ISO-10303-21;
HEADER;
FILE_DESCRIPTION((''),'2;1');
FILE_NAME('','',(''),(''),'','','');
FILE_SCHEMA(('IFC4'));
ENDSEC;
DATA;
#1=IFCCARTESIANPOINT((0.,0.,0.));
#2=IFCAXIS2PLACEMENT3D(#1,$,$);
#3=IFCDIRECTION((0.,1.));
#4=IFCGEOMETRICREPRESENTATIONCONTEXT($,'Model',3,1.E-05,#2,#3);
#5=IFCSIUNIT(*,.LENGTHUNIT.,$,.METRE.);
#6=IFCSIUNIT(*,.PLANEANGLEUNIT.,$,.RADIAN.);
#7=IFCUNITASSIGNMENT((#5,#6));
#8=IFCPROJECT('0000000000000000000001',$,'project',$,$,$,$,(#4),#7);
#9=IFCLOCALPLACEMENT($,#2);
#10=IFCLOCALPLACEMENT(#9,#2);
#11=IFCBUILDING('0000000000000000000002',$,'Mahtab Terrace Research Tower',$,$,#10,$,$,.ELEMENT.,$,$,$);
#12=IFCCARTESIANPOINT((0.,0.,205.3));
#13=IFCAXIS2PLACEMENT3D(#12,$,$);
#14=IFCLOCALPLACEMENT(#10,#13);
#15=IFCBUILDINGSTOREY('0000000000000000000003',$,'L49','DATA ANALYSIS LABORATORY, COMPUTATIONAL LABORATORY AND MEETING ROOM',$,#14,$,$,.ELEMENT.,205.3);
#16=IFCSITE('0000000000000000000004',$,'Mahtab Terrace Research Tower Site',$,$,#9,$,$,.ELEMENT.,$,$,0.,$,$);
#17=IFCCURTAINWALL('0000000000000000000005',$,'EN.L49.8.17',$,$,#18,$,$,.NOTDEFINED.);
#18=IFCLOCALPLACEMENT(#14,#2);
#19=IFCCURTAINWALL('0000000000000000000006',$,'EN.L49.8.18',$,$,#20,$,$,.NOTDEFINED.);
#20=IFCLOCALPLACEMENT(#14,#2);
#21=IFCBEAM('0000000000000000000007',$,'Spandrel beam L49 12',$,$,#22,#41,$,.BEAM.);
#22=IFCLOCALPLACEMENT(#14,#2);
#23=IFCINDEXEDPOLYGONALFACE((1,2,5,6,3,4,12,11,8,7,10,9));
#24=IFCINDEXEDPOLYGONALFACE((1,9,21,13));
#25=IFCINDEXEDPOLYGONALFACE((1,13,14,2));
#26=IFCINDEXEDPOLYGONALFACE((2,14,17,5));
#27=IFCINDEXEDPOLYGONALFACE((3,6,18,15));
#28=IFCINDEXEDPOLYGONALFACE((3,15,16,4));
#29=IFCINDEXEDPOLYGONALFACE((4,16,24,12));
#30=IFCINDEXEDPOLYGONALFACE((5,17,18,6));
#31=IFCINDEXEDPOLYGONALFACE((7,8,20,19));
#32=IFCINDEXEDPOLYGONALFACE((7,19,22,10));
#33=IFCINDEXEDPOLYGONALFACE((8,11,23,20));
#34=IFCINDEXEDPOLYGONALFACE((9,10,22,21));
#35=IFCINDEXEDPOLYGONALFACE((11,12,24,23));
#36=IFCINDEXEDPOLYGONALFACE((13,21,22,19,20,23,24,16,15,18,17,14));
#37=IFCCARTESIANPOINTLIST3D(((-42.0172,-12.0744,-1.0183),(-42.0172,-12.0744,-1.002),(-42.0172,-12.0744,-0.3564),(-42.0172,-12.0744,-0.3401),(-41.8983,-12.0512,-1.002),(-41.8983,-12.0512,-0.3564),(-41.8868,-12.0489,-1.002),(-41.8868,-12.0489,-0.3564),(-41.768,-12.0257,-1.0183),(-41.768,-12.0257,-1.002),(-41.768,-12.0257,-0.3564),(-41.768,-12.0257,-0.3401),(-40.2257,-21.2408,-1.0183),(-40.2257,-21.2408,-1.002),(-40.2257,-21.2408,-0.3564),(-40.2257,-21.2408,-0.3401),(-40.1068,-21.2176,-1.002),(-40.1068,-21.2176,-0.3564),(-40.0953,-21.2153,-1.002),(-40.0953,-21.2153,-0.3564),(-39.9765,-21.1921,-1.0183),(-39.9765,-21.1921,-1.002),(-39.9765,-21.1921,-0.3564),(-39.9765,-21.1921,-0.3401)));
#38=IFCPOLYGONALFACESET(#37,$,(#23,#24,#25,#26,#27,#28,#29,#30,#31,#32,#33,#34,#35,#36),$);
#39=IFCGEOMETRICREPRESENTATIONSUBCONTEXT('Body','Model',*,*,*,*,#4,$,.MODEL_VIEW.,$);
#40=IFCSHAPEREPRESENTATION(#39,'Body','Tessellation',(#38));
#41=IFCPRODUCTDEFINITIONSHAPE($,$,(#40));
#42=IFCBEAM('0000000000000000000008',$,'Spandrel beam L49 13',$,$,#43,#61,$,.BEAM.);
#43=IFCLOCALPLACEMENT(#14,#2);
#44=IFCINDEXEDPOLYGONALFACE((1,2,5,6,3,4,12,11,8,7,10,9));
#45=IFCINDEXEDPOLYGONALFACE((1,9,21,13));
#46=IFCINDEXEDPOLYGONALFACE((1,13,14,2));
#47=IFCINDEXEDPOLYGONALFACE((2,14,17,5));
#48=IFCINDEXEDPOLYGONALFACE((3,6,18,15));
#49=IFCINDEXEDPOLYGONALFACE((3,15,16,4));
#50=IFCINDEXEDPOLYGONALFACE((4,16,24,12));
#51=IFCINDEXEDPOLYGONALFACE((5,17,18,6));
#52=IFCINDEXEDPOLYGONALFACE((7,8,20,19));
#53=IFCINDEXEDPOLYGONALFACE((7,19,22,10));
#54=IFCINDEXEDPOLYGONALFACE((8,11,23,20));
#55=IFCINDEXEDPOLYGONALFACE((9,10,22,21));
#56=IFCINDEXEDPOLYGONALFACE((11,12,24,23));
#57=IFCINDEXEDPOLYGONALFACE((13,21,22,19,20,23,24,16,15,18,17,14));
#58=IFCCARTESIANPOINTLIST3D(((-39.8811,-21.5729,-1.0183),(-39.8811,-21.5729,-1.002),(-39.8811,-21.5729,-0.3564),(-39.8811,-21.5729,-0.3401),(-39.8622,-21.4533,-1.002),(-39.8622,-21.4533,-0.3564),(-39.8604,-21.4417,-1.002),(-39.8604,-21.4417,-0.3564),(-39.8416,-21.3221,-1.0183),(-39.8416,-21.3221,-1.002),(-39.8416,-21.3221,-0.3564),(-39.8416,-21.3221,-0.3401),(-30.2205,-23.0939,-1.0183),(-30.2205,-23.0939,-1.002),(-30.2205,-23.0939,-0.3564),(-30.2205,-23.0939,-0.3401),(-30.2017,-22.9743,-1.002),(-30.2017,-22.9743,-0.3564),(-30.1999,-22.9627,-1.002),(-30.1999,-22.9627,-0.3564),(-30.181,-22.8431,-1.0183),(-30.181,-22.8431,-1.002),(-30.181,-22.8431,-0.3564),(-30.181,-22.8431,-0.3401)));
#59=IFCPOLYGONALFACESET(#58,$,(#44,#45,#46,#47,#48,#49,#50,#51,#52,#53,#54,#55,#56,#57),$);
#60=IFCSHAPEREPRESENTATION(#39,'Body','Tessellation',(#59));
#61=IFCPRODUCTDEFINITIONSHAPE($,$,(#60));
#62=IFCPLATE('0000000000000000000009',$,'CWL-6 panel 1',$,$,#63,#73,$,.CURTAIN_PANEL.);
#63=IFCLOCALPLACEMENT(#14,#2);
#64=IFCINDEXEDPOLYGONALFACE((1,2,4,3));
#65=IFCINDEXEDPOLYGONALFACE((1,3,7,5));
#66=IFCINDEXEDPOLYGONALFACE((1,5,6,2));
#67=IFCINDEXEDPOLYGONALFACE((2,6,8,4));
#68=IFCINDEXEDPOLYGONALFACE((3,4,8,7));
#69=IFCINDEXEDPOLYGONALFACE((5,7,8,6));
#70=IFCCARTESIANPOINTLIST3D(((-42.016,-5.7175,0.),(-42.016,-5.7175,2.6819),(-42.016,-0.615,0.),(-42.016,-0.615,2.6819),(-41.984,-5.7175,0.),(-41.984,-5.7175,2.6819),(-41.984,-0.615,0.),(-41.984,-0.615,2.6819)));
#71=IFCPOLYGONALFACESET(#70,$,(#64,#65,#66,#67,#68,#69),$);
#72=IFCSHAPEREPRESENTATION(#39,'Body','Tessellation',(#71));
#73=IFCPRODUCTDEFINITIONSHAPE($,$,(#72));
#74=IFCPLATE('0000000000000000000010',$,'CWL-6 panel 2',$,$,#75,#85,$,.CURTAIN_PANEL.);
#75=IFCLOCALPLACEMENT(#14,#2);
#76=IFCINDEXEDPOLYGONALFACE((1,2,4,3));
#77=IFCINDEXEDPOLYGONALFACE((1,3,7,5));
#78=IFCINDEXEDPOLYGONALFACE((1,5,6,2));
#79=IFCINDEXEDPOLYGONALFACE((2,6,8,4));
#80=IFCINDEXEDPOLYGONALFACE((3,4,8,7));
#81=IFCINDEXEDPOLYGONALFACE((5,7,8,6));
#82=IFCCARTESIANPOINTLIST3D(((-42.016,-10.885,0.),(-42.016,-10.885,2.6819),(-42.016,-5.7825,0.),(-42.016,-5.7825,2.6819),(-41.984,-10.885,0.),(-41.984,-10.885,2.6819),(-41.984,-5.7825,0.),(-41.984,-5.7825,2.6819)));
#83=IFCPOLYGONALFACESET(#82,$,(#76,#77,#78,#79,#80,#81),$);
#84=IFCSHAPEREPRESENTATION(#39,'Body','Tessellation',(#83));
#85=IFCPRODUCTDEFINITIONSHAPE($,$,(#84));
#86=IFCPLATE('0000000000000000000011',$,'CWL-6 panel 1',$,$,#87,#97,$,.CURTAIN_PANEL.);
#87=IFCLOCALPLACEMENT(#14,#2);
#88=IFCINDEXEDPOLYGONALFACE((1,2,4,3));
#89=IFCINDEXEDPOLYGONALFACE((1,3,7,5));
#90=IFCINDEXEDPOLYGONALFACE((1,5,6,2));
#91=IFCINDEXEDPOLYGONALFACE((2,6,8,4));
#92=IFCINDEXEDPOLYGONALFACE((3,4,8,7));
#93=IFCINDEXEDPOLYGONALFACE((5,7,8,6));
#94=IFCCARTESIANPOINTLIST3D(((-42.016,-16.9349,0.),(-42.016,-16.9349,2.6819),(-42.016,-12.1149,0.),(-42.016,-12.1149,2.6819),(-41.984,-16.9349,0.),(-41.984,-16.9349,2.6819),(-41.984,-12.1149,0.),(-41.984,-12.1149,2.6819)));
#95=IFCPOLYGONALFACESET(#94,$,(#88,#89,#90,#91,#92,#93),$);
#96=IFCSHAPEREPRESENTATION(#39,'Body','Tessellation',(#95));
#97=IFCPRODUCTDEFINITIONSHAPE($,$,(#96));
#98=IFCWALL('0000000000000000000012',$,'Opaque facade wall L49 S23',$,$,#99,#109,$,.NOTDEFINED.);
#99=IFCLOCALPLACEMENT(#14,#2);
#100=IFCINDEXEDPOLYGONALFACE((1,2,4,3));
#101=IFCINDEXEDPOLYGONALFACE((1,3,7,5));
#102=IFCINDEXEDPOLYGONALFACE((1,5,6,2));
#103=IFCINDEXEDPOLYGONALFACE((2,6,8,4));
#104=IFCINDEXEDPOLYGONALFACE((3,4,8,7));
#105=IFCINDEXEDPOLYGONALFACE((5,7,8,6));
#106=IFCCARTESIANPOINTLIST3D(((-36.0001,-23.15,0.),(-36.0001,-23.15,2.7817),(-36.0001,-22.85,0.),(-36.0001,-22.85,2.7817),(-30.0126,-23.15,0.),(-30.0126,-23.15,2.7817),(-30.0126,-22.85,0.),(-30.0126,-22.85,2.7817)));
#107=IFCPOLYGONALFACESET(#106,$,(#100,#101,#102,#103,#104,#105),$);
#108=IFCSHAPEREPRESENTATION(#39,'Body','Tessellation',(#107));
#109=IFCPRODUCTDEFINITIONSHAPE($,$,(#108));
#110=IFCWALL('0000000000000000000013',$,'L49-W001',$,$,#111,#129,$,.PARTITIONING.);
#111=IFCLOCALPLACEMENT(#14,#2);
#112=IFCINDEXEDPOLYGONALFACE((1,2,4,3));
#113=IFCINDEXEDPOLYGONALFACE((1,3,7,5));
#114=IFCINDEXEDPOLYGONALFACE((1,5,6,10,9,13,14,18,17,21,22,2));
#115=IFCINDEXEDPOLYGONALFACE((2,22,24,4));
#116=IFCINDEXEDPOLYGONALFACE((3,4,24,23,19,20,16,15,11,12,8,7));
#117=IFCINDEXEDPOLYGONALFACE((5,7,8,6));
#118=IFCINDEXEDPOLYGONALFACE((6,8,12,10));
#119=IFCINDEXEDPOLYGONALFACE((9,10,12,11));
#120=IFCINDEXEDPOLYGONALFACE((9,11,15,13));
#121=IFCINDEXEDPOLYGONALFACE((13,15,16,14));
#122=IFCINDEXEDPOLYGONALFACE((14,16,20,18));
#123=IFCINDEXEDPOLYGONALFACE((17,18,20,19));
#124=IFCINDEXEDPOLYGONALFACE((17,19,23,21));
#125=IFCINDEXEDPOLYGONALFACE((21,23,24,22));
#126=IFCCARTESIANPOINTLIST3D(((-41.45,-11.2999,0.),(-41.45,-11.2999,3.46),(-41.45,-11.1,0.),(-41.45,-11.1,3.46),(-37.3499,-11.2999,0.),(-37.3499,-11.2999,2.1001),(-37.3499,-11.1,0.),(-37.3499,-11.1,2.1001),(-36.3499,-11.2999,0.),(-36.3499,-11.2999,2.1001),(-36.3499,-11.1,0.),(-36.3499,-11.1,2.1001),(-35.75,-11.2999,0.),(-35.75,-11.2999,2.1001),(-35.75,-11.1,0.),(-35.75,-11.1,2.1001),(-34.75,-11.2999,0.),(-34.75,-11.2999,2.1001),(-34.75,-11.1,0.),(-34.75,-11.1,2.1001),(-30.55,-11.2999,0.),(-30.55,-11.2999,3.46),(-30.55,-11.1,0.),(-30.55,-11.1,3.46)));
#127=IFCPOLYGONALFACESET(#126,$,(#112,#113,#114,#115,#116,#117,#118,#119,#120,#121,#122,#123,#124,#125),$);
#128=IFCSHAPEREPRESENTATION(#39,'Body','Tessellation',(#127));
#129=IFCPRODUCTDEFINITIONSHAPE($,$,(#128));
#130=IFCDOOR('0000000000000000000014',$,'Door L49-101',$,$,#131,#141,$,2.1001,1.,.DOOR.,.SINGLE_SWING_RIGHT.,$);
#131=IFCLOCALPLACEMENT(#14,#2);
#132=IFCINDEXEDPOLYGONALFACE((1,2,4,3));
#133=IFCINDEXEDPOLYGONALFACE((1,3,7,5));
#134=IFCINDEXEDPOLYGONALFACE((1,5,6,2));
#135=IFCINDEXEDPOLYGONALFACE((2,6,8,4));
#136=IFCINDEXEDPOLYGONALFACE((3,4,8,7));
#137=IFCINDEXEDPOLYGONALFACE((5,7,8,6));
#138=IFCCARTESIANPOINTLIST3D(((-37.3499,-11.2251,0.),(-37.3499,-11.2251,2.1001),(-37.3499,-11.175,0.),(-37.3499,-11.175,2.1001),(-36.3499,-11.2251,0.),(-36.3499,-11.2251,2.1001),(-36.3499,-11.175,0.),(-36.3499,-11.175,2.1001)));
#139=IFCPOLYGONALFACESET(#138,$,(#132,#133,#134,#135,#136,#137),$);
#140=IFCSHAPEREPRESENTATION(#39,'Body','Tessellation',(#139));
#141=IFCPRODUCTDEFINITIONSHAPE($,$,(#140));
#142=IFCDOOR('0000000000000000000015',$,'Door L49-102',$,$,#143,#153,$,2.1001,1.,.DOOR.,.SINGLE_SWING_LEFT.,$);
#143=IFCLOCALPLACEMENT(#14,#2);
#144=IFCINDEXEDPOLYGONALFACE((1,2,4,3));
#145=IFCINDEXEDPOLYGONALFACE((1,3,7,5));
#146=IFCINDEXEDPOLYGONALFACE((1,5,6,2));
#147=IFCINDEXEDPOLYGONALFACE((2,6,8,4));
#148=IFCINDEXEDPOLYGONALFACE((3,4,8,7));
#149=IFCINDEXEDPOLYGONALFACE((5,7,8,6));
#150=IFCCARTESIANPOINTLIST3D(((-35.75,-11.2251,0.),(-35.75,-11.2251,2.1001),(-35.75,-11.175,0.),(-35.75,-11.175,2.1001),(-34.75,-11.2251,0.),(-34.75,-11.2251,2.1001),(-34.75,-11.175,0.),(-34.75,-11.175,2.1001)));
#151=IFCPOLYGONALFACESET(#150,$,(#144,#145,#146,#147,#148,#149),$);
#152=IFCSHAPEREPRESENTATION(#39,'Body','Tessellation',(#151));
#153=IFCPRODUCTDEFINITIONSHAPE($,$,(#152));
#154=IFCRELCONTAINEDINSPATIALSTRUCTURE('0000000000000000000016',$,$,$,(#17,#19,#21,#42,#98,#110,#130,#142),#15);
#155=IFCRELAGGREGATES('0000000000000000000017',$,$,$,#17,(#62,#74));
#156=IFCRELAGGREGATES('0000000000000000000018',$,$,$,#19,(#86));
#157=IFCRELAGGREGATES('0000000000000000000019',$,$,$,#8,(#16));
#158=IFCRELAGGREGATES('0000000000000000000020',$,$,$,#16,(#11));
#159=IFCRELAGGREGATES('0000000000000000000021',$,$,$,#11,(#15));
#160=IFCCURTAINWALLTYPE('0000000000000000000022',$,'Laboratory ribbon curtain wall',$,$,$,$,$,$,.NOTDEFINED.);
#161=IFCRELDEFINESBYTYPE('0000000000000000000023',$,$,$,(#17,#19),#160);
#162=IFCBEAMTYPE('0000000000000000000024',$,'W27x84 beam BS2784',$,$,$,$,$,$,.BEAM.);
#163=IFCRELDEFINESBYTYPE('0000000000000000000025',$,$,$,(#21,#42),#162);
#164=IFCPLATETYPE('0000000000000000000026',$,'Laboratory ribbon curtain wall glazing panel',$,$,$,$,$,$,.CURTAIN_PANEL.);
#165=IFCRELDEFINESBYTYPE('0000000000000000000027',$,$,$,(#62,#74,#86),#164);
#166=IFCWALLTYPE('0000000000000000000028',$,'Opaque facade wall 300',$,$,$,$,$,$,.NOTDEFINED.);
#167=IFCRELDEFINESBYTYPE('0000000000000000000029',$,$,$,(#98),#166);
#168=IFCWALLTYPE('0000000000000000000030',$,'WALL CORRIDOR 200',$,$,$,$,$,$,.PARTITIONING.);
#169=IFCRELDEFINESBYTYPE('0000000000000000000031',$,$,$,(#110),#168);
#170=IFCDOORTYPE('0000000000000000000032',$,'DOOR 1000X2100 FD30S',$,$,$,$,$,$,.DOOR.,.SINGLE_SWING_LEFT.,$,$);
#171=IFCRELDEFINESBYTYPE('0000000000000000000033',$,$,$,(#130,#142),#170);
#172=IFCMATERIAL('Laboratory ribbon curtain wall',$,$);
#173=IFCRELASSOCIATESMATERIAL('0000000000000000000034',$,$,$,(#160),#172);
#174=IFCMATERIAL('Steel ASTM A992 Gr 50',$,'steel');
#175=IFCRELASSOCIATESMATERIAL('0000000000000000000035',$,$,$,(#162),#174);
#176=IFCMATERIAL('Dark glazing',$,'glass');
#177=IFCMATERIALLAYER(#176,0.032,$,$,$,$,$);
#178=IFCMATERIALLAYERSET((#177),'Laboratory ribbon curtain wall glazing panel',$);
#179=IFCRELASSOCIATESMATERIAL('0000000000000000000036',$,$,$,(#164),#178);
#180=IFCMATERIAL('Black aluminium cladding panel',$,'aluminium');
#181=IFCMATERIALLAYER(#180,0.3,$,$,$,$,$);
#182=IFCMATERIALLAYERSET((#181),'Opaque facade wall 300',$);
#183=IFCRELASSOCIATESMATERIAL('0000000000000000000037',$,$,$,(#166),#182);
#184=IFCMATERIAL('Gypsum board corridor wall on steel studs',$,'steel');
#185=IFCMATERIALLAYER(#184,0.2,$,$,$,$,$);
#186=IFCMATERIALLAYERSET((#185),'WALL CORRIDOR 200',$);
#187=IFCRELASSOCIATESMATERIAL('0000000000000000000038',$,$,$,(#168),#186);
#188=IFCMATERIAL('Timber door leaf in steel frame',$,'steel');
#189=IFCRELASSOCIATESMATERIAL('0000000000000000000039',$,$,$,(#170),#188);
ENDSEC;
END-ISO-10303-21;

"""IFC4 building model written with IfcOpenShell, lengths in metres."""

from ifc_helpers import new_model, si_unit, direction, frame, frame_2d, origin, origin_2d, place, context, subcontext, project, spatial, rectangle, i_section, extrude, material, layer, layer_set, material_profile, profile_set, type_object, element, fill, aggregate, save


model = new_model("IFC4")

# Units and contexts
model_context = context("Model", 3, precision=1e-05, world=origin(), true_north=direction((0.0, 1.0)))
body_context = subcontext(model_context, "Body", "Model", "MODEL_VIEW")
ifc_project = project(units=[si_unit("LENGTHUNIT", "METRE"), si_unit("PLANEANGLEUNIT", "RADIAN")], contexts=[model_context])

# Site, building, storey
site_placement = place(None, origin())
site = spatial("IfcSite", under=ifc_project, at=site_placement, Name="Mahtab Terrace Research Tower Site", CompositionType="ELEMENT", RefElevation=0.0)
building_placement = place(site_placement, origin())
building = spatial("IfcBuilding", under=site, at=building_placement, Name="Mahtab Terrace Research Tower", CompositionType="ELEMENT")
storey_placement = place(building_placement, frame((0.0, 0.0, 205.3)))
storey = spatial("IfcBuildingStorey", under=building, at=storey_placement, Name="L49", Description="DATA ANALYSIS LABORATORY, COMPUTATIONAL LABORATORY AND MEETING ROOM", CompositionType="ELEMENT", Elevation=205.3)

# Shared definitions
ifc_material_1 = material(Name="Steel ASTM A992 Gr 50", Category="steel")

# Curtain walls
ifc_material_2 = material(Name="Laboratory ribbon curtain wall")
curtain_wall_type = type_object("IfcCurtainWallType", Name="Laboratory ribbon curtain wall", PredefinedType="NOTDEFINED", material=ifc_material_2)
curtain_wall_1_placement = place(storey_placement, origin())
curtain_wall_1 = element("IfcCurtainWall", 1, at=curtain_wall_1_placement, inside=storey, type_object=curtain_wall_type, Name="EN.L49.8.17", PredefinedType="NOTDEFINED")
curtain_wall_2_placement = place(storey_placement, origin())
curtain_wall_2 = element("IfcCurtainWall", 2, at=curtain_wall_2_placement, inside=storey, type_object=curtain_wall_type, Name="EN.L49.8.18", PredefinedType="NOTDEFINED")

# Beams
ifc_material_profile_1 = material_profile(ifc_material_1, i_section(OverallWidth=0.2539, OverallDepth=0.6782, WebThickness=0.0117, FlangeThickness=0.0164, at=origin_2d()), Name="W27X84")
ifc_profile_set_1 = profile_set([ifc_material_profile_1], Name="Steel ASTM A992 Gr 50")
beam_type = type_object("IfcBeamType", Name="W27x84 beam BS2784", PredefinedType="BEAM", material=ifc_profile_set_1)
beam_1_placement = place(storey_placement, frame((-41.8926, -12.05, -0.6792), z_axis=(0.191811, -0.981432, 0.0), x_axis=(0.981432, 0.191811, 0.0)))
element("IfcBeam", 3, at=beam_1_placement, inside=storey, type_object=beam_type, Name="Spandrel beam L49 12", PredefinedType="BEAM", context=body_context, shape_type="SweptSolid", body=[
    extrude(i_section(OverallWidth=0.2539, OverallDepth=0.6782, WebThickness=0.0117, FlangeThickness=0.0164, at=origin_2d()), origin(), (0.0, 0.0, 1.0), 9.3398),
])
beam_2_placement = place(storey_placement, frame((-39.8613, -21.4475, -0.6792), z_axis=(0.987832, -0.155527, 0.0), x_axis=(0.155527, 0.987832, 0.0)))
element("IfcBeam", 4, at=beam_2_placement, inside=storey, type_object=beam_type, Name="Spandrel beam L49 13", PredefinedType="BEAM", context=body_context, shape_type="SweptSolid", body=[
    extrude(i_section(OverallWidth=0.2539, OverallDepth=0.6782, WebThickness=0.0117, FlangeThickness=0.0164, at=origin_2d()), origin(), (0.0, 0.0, 1.0), 9.7795),
])

# Plates
ifc_material_3 = material(Name="Dark glazing", Category="glass")
ifc_layer_1 = layer(ifc_material_3, 0.032)
ifc_layer_set_1 = layer_set([ifc_layer_1], Name="Laboratory ribbon curtain wall glazing panel")
plate_type = type_object("IfcPlateType", Name="Laboratory ribbon curtain wall glazing panel", PredefinedType="CURTAIN_PANEL", material=ifc_layer_set_1)
plate_1_placement = place(storey_placement, frame((-42.0, -3.1663, 0.0), z_axis=(0.0, 0.0, 1.0), x_axis=(0.0, -1.0, 0.0)))
plate_1 = element("IfcPlate", 5, at=plate_1_placement, type_object=plate_type, Name="CWL-6 panel 1", PredefinedType="CURTAIN_PANEL", context=body_context, shape_type="SweptSolid", body=[
    extrude(rectangle(XDim=5.1025, YDim=0.032, at=origin_2d()), origin(), (0.0, 0.0, 1.0), 2.6819),
])
plate_2_placement = place(storey_placement, frame((-42.0, -8.3337, 0.0), z_axis=(0.0, 0.0, 1.0), x_axis=(0.0, -1.0, 0.0)))
plate_2 = element("IfcPlate", 6, at=plate_2_placement, type_object=plate_type, Name="CWL-6 panel 2", PredefinedType="CURTAIN_PANEL", context=body_context, shape_type="SweptSolid", body=[
    extrude(rectangle(XDim=5.1025, YDim=0.032, at=origin_2d()), origin(), (0.0, 0.0, 1.0), 2.6819),
])
aggregate(curtain_wall_1, [plate_1, plate_2])
plate_3_placement = place(storey_placement, frame((-42.0, -14.5249, 0.0), z_axis=(0.0, 0.0, 1.0), x_axis=(0.0, -1.0, 0.0)))
plate_3 = element("IfcPlate", 7, at=plate_3_placement, type_object=plate_type, Name="CWL-6 panel 1", PredefinedType="CURTAIN_PANEL", context=body_context, shape_type="SweptSolid", body=[
    extrude(rectangle(XDim=4.8201, YDim=0.032, at=origin_2d()), origin(), (0.0, 0.0, 1.0), 2.6819),
])
aggregate(curtain_wall_2, [plate_3])

# Wall
ifc_material_4 = material(Name="Black aluminium cladding panel", Category="aluminium")
ifc_layer_2 = layer(ifc_material_4, 0.3)
ifc_layer_set_2 = layer_set([ifc_layer_2], Name="Opaque facade wall 300")
wall_type_1 = type_object("IfcWallType", Name="Opaque facade wall 300", PredefinedType="NOTDEFINED", material=ifc_layer_set_2)
wall_1_placement = place(storey_placement, frame((-36.0, -23.0, 0.0), z_axis=(0.0, 0.0, 1.0), x_axis=(1.0, 0.0, 0.0)))
element("IfcWall", 8, at=wall_1_placement, inside=storey, type_object=wall_type_1, Name="Opaque facade wall L49 S23", PredefinedType="NOTDEFINED", context=body_context, shape_type="SweptSolid", body=[
    extrude(rectangle(XDim=5.9875, YDim=0.3, at=frame_2d((2.9937, 0.0))), origin(), (0.0, 0.0, 1.0), 2.7817),
])

# Wall, openings, doors
ifc_material_5 = material(Name="Gypsum board corridor wall on steel studs", Category="steel")
ifc_layer_3 = layer(ifc_material_5, 0.2)
ifc_layer_set_3 = layer_set([ifc_layer_3], Name="WALL CORRIDOR 200")
wall_type_2 = type_object("IfcWallType", Name="WALL CORRIDOR 200", PredefinedType="PARTITIONING", material=ifc_layer_set_3)
wall_2_placement = place(storey_placement, frame((-41.45, -11.2, 0.0), z_axis=(0.0, 0.0, 1.0), x_axis=(1.0, 0.0, 0.0)))
wall_2 = element("IfcWall", 9, at=wall_2_placement, inside=storey, type_object=wall_type_2, Name="L49-W001", PredefinedType="PARTITIONING", context=body_context, shape_type="SweptSolid", body=[
    extrude(rectangle(XDim=10.8999, YDim=0.2, at=frame_2d((5.45, 0.0))), origin(), (0.0, 0.0, 1.0), 3.46),
])
opening_1_placement = place(wall_2_placement, frame((4.1001, 0.0, 0.0)))
opening_1 = element("IfcOpeningElement", 10, at=opening_1_placement, cuts=wall_2, PredefinedType="OPENING", context=body_context, shape_type="SweptSolid", body=[
    extrude(rectangle(XDim=1.0, YDim=2.1001, at=frame_2d((0.5, 1.05))), frame((0.0, 0.1099, 0.0), z_axis=(0.0, -1.0, 0.0), x_axis=(1.0, 0.0, 0.0)), (0.0, 0.0, 1.0), 0.22),
])
opening_2_placement = place(wall_2_placement, frame((5.7, 0.0, 0.0)))
opening_2 = element("IfcOpeningElement", 11, at=opening_2_placement, cuts=wall_2, PredefinedType="OPENING", context=body_context, shape_type="SweptSolid", body=[
    extrude(rectangle(XDim=1.0, YDim=2.1001, at=frame_2d((0.5, 1.05))), frame((0.0, 0.1099, 0.0), z_axis=(0.0, -1.0, 0.0), x_axis=(1.0, 0.0, 0.0)), (0.0, 0.0, 1.0), 0.22),
])
ifc_material_6 = material(Name="Timber door leaf in steel frame", Category="steel")
door_type_1 = type_object("IfcDoorType", Name="DOOR 1000X2100 FD30S", OperationType="SINGLE_SWING_LEFT", PredefinedType="DOOR", material=ifc_material_6)
door_1_placement = place(opening_1_placement, origin())
door_1 = element("IfcDoor", 12, at=door_1_placement, inside=storey, type_object=door_type_1, Name="Door L49-101", OperationType="SINGLE_SWING_RIGHT", OverallHeight=2.1001, OverallWidth=1.0, PredefinedType="DOOR", context=body_context, shape_type="SweptSolid", body=[
    extrude(rectangle(XDim=1.0, YDim=2.1001, at=frame_2d((0.5, 1.05))), frame((0.0, 0.0249, 0.0), z_axis=(0.0, -1.0, 0.0), x_axis=(1.0, 0.0, 0.0)), (0.0, 0.0, 1.0), 0.05),
])
fill(opening_1, door_1)
door_2_placement = place(opening_2_placement, origin())
door_2 = element("IfcDoor", 13, at=door_2_placement, inside=storey, type_object=door_type_1, Name="Door L49-102", OperationType="SINGLE_SWING_LEFT", OverallHeight=2.1001, OverallWidth=1.0, PredefinedType="DOOR", context=body_context, shape_type="SweptSolid", body=[
    extrude(rectangle(XDim=1.0, YDim=2.1001, at=frame_2d((0.5, 1.05))), frame((0.0, 0.0249, 0.0), z_axis=(0.0, -1.0, 0.0), x_axis=(1.0, 0.0, 0.0)), (0.0, 0.0, 1.0), 0.05),
])
fill(opening_2, door_2)

save(model, "model.ifc")
